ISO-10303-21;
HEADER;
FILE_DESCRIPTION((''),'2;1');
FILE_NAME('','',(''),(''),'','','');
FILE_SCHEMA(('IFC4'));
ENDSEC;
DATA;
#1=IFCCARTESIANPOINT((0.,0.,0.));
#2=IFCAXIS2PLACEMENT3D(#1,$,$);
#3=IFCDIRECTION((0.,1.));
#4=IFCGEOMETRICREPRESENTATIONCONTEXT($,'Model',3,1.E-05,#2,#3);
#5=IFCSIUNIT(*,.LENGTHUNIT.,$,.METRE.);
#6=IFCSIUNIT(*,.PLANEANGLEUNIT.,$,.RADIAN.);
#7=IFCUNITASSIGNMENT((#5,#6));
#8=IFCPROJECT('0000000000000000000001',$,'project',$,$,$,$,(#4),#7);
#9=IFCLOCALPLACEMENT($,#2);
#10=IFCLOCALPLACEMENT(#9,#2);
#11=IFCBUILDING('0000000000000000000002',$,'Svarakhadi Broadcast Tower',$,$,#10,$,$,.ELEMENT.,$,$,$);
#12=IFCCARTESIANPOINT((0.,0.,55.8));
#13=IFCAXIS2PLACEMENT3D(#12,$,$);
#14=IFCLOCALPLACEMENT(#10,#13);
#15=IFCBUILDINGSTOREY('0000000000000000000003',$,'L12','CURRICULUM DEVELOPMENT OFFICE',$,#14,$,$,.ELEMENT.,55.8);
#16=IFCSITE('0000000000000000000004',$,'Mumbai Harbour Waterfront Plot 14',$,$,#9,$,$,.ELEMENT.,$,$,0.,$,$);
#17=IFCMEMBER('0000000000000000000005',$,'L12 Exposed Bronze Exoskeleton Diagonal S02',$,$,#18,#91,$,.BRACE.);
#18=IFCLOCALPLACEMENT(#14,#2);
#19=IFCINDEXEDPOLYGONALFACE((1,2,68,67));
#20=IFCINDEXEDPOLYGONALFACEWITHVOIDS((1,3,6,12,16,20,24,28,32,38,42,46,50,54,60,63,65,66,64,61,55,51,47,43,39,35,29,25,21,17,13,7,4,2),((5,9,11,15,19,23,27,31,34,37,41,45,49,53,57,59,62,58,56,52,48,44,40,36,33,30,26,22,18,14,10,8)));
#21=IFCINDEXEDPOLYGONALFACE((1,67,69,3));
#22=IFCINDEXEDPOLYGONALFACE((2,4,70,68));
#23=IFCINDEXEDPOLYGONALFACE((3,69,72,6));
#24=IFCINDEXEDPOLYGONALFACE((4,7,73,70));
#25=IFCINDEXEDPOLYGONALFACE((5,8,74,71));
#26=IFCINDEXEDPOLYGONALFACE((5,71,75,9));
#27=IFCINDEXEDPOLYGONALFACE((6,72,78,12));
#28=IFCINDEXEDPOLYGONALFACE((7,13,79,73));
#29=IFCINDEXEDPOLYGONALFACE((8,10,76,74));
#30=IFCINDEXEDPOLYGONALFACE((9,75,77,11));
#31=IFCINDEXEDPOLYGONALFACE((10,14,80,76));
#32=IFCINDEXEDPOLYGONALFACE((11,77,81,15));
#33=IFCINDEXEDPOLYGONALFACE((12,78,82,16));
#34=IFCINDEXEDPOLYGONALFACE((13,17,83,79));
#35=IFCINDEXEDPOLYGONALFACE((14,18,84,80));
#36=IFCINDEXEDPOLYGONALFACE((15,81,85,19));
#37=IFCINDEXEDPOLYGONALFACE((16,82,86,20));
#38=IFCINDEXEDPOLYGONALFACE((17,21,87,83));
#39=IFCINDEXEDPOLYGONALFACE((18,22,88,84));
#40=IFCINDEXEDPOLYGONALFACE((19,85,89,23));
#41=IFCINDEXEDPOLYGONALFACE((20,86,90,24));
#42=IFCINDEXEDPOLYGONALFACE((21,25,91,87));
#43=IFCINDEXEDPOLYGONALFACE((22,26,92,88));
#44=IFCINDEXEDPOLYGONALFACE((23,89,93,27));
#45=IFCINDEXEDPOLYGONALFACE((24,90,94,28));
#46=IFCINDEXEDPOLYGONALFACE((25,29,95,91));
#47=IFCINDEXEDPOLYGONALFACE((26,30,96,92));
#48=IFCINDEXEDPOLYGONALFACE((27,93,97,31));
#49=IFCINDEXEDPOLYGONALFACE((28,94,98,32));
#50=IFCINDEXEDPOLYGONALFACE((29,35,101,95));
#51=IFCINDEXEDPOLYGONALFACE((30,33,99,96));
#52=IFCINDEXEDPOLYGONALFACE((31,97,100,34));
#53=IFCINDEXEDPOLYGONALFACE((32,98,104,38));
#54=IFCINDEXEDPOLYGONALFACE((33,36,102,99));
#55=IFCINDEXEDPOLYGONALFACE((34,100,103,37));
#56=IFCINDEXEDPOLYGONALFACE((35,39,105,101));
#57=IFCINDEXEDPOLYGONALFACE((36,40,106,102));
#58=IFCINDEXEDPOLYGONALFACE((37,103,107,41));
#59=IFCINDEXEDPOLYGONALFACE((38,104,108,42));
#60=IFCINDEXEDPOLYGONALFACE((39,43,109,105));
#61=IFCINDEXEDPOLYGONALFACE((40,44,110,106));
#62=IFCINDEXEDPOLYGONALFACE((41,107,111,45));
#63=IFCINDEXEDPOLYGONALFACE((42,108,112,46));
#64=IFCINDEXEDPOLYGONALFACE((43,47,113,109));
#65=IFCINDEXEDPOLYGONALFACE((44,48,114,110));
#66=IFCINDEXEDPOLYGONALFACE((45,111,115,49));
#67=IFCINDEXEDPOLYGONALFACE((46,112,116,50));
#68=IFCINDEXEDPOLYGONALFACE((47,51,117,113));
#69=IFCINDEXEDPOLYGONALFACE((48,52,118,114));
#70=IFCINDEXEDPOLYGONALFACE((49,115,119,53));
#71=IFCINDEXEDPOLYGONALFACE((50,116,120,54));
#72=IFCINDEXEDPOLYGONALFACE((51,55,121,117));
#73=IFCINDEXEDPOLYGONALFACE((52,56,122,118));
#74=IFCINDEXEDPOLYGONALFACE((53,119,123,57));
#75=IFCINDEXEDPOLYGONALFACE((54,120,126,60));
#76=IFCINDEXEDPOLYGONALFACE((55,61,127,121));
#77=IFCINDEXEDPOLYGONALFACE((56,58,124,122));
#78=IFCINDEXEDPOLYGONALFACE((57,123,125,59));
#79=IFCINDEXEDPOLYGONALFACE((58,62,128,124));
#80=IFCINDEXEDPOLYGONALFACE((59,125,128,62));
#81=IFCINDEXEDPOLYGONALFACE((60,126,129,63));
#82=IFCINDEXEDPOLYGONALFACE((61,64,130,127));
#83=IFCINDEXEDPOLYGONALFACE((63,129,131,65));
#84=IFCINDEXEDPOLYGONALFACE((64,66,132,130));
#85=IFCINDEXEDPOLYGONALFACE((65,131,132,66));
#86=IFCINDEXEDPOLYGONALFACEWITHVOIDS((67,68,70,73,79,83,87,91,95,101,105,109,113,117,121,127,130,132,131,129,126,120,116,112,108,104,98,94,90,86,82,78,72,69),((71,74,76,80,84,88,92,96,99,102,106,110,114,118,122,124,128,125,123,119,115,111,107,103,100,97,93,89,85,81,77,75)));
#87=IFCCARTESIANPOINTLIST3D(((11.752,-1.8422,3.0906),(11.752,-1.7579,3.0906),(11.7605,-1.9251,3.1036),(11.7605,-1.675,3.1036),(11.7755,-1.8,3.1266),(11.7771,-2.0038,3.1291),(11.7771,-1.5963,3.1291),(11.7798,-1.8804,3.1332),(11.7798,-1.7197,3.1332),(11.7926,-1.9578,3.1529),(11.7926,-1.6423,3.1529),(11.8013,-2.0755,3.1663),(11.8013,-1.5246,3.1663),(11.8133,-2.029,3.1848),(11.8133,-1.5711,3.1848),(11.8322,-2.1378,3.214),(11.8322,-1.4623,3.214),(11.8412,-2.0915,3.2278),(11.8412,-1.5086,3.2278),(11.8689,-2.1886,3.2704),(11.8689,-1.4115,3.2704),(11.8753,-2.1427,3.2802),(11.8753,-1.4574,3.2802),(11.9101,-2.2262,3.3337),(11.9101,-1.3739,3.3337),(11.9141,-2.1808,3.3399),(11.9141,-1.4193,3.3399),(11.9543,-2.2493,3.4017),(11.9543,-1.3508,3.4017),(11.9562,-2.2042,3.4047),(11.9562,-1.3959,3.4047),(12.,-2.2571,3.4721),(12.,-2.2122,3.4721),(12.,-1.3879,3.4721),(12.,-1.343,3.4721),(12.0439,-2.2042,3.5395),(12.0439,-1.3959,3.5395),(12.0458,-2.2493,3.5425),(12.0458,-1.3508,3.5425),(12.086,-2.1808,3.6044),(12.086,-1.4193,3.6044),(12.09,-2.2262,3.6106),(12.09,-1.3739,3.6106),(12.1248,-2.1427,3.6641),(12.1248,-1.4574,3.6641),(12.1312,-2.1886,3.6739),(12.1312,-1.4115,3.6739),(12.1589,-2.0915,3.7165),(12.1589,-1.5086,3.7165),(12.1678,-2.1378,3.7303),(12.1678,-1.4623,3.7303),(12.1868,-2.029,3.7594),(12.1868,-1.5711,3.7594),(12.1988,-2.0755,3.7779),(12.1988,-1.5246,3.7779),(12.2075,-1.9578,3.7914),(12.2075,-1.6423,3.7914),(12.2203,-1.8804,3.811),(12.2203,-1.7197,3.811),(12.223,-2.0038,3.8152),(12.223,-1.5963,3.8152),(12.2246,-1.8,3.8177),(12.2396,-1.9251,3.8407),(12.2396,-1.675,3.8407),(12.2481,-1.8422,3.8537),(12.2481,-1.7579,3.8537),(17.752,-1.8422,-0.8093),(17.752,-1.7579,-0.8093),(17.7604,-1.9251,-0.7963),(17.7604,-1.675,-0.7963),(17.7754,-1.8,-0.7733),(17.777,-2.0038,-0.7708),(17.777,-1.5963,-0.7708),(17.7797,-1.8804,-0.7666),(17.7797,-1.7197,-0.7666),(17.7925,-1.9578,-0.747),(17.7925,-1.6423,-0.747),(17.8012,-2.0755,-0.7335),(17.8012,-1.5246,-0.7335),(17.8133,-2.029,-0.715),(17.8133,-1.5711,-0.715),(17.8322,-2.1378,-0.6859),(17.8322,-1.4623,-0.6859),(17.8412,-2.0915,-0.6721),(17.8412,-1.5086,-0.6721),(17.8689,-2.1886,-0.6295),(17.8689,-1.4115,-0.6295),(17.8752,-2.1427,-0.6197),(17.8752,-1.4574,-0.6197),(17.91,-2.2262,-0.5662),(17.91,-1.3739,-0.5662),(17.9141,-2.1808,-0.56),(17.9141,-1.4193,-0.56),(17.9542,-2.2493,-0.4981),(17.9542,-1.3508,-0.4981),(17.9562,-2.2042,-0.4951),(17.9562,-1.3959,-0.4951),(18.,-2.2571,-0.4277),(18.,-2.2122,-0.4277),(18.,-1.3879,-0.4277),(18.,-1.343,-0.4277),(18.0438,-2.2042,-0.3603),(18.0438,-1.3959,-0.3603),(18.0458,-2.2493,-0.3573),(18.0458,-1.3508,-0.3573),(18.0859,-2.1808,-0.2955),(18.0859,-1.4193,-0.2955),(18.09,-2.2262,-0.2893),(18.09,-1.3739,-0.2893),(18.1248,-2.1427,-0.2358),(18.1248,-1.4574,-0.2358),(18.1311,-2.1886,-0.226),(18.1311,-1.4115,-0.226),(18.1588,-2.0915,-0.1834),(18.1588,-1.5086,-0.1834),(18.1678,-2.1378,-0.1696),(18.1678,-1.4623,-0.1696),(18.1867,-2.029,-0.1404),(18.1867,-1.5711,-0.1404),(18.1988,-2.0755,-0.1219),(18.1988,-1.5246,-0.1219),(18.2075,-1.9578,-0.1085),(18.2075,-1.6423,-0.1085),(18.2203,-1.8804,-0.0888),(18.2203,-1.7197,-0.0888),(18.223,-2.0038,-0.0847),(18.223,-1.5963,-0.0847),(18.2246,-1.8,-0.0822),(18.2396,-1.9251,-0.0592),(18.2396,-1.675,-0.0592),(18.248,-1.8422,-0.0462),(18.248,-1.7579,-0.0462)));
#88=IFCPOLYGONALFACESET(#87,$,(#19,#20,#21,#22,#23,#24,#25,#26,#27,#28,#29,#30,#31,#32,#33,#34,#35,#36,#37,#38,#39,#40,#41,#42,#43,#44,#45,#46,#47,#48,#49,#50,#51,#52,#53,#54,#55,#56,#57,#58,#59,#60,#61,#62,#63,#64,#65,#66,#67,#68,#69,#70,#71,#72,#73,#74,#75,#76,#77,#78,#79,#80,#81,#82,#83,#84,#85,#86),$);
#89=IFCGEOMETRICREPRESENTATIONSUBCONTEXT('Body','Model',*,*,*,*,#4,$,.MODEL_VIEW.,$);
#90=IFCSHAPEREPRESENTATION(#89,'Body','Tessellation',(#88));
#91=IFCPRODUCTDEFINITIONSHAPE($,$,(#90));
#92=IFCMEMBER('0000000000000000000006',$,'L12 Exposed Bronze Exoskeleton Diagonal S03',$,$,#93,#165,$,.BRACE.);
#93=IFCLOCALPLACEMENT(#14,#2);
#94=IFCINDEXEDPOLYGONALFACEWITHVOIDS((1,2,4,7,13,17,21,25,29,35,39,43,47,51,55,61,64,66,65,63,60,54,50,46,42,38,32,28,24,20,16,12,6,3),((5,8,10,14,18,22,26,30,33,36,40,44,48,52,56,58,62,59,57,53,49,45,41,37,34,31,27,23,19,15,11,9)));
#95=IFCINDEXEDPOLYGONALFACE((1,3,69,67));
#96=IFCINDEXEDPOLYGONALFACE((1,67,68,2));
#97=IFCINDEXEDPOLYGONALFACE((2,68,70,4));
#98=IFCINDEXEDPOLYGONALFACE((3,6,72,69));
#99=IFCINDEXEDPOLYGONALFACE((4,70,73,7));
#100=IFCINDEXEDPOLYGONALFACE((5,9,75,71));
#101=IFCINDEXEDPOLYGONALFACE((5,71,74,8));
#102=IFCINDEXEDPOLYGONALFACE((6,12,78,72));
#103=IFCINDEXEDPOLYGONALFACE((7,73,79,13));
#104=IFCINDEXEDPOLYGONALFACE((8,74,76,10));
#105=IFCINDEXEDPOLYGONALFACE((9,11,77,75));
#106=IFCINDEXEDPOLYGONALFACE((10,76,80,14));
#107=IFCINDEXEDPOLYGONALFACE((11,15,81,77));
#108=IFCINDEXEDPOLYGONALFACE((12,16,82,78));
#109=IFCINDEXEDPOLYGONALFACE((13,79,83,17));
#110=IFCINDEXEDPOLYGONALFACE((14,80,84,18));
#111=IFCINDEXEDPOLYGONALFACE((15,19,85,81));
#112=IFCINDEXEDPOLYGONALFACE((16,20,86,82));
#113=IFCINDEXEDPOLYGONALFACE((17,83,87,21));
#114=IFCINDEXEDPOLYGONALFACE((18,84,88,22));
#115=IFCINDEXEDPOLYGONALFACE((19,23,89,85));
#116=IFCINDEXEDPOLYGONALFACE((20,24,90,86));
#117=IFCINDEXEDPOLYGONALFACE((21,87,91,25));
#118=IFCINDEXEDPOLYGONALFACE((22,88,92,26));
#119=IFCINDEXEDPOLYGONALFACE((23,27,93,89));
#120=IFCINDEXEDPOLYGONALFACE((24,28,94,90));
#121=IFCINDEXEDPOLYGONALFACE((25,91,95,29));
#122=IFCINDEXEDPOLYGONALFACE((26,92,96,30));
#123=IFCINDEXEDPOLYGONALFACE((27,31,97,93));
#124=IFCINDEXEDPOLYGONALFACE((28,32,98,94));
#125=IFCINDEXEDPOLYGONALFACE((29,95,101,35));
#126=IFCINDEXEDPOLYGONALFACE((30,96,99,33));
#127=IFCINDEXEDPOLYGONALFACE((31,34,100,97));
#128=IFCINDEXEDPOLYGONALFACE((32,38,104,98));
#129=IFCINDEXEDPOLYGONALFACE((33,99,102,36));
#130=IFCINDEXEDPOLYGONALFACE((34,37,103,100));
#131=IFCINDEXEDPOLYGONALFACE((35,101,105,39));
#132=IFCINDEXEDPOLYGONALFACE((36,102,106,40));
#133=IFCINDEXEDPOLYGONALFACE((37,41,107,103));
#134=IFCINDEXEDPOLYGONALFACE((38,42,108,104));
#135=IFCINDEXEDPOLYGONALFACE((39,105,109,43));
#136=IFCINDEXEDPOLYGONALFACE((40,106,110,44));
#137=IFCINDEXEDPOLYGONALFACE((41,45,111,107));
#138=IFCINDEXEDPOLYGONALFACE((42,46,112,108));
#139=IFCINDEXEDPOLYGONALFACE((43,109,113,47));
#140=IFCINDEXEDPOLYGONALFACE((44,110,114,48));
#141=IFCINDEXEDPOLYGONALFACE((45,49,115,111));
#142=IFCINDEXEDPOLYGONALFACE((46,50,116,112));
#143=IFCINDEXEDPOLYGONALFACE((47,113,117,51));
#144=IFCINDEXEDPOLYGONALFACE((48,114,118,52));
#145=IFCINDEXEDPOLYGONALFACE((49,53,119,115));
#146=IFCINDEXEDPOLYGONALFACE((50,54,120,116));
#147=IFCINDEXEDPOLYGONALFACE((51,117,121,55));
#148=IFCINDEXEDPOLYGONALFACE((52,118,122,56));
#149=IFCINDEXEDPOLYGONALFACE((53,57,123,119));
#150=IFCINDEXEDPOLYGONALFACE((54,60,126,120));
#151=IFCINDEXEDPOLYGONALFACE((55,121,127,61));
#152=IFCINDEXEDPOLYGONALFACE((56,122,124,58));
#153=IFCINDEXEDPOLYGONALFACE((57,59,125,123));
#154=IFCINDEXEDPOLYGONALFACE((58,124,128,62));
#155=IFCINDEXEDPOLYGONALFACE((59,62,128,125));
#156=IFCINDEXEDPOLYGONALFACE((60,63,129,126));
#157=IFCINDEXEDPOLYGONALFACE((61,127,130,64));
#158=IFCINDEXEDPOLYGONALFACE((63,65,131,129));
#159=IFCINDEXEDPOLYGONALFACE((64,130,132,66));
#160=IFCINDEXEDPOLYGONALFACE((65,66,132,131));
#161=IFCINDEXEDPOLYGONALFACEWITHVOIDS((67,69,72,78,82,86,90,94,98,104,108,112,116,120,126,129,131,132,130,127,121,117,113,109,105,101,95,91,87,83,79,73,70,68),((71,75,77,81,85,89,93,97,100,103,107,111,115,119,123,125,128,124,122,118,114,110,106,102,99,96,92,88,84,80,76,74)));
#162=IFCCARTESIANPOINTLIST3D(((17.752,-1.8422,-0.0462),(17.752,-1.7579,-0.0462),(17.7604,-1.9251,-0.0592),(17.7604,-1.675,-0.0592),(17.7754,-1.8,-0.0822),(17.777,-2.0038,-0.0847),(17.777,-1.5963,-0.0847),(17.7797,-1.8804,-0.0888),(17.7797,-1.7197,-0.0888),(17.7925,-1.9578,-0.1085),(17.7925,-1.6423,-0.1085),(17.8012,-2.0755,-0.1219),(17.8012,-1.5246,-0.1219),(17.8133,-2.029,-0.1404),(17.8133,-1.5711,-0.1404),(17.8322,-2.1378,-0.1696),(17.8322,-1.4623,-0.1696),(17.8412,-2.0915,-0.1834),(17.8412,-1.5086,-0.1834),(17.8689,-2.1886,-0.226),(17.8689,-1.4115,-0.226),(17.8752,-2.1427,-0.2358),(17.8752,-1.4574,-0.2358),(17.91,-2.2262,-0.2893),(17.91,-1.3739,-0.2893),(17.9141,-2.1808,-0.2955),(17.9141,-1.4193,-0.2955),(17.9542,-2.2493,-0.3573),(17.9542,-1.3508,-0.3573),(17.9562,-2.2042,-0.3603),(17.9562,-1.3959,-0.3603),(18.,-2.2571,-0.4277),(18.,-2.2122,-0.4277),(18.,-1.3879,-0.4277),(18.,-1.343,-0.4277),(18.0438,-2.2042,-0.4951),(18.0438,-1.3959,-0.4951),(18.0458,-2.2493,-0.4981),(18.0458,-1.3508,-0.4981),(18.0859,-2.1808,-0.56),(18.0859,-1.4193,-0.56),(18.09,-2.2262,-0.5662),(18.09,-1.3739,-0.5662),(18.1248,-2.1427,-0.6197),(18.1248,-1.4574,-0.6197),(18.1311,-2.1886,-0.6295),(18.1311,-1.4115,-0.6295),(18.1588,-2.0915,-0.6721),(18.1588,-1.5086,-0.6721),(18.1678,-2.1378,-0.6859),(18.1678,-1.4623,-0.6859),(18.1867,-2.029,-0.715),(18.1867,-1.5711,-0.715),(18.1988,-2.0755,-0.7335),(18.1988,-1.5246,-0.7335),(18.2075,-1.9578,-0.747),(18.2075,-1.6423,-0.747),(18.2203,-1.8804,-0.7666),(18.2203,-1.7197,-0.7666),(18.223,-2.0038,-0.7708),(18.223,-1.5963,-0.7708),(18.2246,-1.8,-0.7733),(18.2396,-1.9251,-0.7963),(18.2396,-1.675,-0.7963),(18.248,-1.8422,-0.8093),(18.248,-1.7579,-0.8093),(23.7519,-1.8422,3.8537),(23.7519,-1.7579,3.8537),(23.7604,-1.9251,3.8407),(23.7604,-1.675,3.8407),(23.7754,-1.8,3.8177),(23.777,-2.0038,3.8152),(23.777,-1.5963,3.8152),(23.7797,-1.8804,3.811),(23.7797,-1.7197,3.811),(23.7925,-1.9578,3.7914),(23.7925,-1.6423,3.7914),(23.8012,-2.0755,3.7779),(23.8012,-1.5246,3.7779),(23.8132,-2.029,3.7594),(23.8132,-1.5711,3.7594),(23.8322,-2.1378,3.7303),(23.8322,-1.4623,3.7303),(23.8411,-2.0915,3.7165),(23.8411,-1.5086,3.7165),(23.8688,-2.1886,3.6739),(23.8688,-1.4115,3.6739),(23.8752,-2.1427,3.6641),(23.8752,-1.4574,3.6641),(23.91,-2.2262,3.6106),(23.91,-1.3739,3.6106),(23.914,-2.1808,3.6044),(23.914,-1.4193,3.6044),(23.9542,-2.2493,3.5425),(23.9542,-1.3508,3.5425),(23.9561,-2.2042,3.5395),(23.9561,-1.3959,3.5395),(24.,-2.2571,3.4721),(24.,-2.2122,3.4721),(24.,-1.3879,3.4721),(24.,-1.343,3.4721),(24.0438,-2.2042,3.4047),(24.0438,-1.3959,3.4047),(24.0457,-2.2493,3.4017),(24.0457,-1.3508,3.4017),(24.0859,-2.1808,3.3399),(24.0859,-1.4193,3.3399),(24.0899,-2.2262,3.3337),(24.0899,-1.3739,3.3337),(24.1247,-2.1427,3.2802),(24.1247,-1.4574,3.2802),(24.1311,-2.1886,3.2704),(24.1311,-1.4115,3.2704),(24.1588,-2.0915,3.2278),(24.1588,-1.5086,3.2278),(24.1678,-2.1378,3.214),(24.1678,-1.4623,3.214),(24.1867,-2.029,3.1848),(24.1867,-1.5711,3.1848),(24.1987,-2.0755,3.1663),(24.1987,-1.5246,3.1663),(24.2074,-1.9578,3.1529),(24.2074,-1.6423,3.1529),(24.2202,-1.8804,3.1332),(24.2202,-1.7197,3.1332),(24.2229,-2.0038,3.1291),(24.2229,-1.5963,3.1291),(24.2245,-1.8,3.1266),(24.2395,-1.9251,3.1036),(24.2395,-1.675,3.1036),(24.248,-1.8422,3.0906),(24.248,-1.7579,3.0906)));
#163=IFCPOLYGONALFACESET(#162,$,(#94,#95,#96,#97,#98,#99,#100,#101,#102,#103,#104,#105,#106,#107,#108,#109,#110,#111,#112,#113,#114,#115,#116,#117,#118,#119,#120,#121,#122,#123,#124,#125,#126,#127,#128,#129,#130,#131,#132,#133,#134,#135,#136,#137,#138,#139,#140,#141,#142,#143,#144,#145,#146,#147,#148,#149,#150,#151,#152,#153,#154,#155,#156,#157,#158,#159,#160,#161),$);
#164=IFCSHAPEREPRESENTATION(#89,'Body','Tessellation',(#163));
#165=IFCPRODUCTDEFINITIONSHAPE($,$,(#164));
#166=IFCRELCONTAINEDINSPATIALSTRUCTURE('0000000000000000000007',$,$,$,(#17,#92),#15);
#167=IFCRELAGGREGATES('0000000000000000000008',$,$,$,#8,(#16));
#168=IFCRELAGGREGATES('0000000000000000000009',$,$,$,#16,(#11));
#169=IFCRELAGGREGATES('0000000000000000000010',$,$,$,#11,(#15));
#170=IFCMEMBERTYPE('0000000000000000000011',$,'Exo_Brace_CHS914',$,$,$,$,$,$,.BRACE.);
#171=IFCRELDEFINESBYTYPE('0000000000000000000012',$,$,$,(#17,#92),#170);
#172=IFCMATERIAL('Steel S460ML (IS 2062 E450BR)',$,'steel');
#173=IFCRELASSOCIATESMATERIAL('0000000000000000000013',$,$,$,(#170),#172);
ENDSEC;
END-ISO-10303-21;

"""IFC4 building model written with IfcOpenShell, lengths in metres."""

from ifc_helpers import new_model, si_unit, direction, frame, origin, origin_2d, place, context, subcontext, project, spatial, hollow_circle, extrude, material, material_profile, profile_set, type_object, element, save


model = new_model("IFC4")

# Units and contexts
model_context = context("Model", 3, precision=1e-05, world=origin(), true_north=direction((0.0, 1.0)))
body_context = subcontext(model_context, "Body", "Model", "MODEL_VIEW")
ifc_project = project(units=[si_unit("LENGTHUNIT", "METRE"), si_unit("PLANEANGLEUNIT", "RADIAN")], contexts=[model_context])

# Site, building, storey
site_placement = place(None, origin())
site = spatial("IfcSite", under=ifc_project, at=site_placement, Name="Mumbai Harbour Waterfront Plot 14", CompositionType="ELEMENT", RefElevation=0.0)
building_placement = place(site_placement, origin())
building = spatial("IfcBuilding", under=site, at=building_placement, Name="Svarakhadi Broadcast Tower", CompositionType="ELEMENT")
storey_placement = place(building_placement, frame((0.0, 0.0, 55.8)))
storey = spatial("IfcBuildingStorey", under=building, at=storey_placement, Name="L12", Description="CURRICULUM DEVELOPMENT OFFICE", CompositionType="ELEMENT", Elevation=55.8)

# Members
ifc_material_1 = material(Name="Steel S460ML (IS 2062 E450BR)", Category="steel")
ifc_material_profile_1 = material_profile(ifc_material_1, hollow_circle(Radius=0.457, WallThickness=0.0449, at=origin_2d()), Name="CHS 914x45")
ifc_profile_set_1 = profile_set([ifc_material_profile_1], Name="Steel S460ML (IS 2062 E450BR)")
member_type_1 = type_object("IfcMemberType", Name="Exo_Brace_CHS914", PredefinedType="BRACE", material=ifc_profile_set_1)
for number, where, z_axis, x_axis, name in (
    (1, (18.0, -1.8, -0.4277), (-0.83845, 0.0, 0.544979), (0.0, -1.0, 0.0), "L12 Exposed Bronze Exoskeleton Diagonal S02"),
    (2, (18.0, -1.8, -0.4277), (0.83845, 0.0, 0.544979), (0.0, 1.0, 0.0), "L12 Exposed Bronze Exoskeleton Diagonal S03"),
):
    element("IfcMember", number, at=place(storey_placement, frame(where, z_axis=z_axis, x_axis=x_axis)), inside=storey, type_object=member_type_1, Name=name, PredefinedType="BRACE", context=body_context, shape_type="SweptSolid", body=[
        extrude(hollow_circle(Radius=0.457, WallThickness=0.0449, at=origin_2d()), origin(), (0.0, 0.0, 1.0), 7.156),
    ])

save(model, "model.ifc")
